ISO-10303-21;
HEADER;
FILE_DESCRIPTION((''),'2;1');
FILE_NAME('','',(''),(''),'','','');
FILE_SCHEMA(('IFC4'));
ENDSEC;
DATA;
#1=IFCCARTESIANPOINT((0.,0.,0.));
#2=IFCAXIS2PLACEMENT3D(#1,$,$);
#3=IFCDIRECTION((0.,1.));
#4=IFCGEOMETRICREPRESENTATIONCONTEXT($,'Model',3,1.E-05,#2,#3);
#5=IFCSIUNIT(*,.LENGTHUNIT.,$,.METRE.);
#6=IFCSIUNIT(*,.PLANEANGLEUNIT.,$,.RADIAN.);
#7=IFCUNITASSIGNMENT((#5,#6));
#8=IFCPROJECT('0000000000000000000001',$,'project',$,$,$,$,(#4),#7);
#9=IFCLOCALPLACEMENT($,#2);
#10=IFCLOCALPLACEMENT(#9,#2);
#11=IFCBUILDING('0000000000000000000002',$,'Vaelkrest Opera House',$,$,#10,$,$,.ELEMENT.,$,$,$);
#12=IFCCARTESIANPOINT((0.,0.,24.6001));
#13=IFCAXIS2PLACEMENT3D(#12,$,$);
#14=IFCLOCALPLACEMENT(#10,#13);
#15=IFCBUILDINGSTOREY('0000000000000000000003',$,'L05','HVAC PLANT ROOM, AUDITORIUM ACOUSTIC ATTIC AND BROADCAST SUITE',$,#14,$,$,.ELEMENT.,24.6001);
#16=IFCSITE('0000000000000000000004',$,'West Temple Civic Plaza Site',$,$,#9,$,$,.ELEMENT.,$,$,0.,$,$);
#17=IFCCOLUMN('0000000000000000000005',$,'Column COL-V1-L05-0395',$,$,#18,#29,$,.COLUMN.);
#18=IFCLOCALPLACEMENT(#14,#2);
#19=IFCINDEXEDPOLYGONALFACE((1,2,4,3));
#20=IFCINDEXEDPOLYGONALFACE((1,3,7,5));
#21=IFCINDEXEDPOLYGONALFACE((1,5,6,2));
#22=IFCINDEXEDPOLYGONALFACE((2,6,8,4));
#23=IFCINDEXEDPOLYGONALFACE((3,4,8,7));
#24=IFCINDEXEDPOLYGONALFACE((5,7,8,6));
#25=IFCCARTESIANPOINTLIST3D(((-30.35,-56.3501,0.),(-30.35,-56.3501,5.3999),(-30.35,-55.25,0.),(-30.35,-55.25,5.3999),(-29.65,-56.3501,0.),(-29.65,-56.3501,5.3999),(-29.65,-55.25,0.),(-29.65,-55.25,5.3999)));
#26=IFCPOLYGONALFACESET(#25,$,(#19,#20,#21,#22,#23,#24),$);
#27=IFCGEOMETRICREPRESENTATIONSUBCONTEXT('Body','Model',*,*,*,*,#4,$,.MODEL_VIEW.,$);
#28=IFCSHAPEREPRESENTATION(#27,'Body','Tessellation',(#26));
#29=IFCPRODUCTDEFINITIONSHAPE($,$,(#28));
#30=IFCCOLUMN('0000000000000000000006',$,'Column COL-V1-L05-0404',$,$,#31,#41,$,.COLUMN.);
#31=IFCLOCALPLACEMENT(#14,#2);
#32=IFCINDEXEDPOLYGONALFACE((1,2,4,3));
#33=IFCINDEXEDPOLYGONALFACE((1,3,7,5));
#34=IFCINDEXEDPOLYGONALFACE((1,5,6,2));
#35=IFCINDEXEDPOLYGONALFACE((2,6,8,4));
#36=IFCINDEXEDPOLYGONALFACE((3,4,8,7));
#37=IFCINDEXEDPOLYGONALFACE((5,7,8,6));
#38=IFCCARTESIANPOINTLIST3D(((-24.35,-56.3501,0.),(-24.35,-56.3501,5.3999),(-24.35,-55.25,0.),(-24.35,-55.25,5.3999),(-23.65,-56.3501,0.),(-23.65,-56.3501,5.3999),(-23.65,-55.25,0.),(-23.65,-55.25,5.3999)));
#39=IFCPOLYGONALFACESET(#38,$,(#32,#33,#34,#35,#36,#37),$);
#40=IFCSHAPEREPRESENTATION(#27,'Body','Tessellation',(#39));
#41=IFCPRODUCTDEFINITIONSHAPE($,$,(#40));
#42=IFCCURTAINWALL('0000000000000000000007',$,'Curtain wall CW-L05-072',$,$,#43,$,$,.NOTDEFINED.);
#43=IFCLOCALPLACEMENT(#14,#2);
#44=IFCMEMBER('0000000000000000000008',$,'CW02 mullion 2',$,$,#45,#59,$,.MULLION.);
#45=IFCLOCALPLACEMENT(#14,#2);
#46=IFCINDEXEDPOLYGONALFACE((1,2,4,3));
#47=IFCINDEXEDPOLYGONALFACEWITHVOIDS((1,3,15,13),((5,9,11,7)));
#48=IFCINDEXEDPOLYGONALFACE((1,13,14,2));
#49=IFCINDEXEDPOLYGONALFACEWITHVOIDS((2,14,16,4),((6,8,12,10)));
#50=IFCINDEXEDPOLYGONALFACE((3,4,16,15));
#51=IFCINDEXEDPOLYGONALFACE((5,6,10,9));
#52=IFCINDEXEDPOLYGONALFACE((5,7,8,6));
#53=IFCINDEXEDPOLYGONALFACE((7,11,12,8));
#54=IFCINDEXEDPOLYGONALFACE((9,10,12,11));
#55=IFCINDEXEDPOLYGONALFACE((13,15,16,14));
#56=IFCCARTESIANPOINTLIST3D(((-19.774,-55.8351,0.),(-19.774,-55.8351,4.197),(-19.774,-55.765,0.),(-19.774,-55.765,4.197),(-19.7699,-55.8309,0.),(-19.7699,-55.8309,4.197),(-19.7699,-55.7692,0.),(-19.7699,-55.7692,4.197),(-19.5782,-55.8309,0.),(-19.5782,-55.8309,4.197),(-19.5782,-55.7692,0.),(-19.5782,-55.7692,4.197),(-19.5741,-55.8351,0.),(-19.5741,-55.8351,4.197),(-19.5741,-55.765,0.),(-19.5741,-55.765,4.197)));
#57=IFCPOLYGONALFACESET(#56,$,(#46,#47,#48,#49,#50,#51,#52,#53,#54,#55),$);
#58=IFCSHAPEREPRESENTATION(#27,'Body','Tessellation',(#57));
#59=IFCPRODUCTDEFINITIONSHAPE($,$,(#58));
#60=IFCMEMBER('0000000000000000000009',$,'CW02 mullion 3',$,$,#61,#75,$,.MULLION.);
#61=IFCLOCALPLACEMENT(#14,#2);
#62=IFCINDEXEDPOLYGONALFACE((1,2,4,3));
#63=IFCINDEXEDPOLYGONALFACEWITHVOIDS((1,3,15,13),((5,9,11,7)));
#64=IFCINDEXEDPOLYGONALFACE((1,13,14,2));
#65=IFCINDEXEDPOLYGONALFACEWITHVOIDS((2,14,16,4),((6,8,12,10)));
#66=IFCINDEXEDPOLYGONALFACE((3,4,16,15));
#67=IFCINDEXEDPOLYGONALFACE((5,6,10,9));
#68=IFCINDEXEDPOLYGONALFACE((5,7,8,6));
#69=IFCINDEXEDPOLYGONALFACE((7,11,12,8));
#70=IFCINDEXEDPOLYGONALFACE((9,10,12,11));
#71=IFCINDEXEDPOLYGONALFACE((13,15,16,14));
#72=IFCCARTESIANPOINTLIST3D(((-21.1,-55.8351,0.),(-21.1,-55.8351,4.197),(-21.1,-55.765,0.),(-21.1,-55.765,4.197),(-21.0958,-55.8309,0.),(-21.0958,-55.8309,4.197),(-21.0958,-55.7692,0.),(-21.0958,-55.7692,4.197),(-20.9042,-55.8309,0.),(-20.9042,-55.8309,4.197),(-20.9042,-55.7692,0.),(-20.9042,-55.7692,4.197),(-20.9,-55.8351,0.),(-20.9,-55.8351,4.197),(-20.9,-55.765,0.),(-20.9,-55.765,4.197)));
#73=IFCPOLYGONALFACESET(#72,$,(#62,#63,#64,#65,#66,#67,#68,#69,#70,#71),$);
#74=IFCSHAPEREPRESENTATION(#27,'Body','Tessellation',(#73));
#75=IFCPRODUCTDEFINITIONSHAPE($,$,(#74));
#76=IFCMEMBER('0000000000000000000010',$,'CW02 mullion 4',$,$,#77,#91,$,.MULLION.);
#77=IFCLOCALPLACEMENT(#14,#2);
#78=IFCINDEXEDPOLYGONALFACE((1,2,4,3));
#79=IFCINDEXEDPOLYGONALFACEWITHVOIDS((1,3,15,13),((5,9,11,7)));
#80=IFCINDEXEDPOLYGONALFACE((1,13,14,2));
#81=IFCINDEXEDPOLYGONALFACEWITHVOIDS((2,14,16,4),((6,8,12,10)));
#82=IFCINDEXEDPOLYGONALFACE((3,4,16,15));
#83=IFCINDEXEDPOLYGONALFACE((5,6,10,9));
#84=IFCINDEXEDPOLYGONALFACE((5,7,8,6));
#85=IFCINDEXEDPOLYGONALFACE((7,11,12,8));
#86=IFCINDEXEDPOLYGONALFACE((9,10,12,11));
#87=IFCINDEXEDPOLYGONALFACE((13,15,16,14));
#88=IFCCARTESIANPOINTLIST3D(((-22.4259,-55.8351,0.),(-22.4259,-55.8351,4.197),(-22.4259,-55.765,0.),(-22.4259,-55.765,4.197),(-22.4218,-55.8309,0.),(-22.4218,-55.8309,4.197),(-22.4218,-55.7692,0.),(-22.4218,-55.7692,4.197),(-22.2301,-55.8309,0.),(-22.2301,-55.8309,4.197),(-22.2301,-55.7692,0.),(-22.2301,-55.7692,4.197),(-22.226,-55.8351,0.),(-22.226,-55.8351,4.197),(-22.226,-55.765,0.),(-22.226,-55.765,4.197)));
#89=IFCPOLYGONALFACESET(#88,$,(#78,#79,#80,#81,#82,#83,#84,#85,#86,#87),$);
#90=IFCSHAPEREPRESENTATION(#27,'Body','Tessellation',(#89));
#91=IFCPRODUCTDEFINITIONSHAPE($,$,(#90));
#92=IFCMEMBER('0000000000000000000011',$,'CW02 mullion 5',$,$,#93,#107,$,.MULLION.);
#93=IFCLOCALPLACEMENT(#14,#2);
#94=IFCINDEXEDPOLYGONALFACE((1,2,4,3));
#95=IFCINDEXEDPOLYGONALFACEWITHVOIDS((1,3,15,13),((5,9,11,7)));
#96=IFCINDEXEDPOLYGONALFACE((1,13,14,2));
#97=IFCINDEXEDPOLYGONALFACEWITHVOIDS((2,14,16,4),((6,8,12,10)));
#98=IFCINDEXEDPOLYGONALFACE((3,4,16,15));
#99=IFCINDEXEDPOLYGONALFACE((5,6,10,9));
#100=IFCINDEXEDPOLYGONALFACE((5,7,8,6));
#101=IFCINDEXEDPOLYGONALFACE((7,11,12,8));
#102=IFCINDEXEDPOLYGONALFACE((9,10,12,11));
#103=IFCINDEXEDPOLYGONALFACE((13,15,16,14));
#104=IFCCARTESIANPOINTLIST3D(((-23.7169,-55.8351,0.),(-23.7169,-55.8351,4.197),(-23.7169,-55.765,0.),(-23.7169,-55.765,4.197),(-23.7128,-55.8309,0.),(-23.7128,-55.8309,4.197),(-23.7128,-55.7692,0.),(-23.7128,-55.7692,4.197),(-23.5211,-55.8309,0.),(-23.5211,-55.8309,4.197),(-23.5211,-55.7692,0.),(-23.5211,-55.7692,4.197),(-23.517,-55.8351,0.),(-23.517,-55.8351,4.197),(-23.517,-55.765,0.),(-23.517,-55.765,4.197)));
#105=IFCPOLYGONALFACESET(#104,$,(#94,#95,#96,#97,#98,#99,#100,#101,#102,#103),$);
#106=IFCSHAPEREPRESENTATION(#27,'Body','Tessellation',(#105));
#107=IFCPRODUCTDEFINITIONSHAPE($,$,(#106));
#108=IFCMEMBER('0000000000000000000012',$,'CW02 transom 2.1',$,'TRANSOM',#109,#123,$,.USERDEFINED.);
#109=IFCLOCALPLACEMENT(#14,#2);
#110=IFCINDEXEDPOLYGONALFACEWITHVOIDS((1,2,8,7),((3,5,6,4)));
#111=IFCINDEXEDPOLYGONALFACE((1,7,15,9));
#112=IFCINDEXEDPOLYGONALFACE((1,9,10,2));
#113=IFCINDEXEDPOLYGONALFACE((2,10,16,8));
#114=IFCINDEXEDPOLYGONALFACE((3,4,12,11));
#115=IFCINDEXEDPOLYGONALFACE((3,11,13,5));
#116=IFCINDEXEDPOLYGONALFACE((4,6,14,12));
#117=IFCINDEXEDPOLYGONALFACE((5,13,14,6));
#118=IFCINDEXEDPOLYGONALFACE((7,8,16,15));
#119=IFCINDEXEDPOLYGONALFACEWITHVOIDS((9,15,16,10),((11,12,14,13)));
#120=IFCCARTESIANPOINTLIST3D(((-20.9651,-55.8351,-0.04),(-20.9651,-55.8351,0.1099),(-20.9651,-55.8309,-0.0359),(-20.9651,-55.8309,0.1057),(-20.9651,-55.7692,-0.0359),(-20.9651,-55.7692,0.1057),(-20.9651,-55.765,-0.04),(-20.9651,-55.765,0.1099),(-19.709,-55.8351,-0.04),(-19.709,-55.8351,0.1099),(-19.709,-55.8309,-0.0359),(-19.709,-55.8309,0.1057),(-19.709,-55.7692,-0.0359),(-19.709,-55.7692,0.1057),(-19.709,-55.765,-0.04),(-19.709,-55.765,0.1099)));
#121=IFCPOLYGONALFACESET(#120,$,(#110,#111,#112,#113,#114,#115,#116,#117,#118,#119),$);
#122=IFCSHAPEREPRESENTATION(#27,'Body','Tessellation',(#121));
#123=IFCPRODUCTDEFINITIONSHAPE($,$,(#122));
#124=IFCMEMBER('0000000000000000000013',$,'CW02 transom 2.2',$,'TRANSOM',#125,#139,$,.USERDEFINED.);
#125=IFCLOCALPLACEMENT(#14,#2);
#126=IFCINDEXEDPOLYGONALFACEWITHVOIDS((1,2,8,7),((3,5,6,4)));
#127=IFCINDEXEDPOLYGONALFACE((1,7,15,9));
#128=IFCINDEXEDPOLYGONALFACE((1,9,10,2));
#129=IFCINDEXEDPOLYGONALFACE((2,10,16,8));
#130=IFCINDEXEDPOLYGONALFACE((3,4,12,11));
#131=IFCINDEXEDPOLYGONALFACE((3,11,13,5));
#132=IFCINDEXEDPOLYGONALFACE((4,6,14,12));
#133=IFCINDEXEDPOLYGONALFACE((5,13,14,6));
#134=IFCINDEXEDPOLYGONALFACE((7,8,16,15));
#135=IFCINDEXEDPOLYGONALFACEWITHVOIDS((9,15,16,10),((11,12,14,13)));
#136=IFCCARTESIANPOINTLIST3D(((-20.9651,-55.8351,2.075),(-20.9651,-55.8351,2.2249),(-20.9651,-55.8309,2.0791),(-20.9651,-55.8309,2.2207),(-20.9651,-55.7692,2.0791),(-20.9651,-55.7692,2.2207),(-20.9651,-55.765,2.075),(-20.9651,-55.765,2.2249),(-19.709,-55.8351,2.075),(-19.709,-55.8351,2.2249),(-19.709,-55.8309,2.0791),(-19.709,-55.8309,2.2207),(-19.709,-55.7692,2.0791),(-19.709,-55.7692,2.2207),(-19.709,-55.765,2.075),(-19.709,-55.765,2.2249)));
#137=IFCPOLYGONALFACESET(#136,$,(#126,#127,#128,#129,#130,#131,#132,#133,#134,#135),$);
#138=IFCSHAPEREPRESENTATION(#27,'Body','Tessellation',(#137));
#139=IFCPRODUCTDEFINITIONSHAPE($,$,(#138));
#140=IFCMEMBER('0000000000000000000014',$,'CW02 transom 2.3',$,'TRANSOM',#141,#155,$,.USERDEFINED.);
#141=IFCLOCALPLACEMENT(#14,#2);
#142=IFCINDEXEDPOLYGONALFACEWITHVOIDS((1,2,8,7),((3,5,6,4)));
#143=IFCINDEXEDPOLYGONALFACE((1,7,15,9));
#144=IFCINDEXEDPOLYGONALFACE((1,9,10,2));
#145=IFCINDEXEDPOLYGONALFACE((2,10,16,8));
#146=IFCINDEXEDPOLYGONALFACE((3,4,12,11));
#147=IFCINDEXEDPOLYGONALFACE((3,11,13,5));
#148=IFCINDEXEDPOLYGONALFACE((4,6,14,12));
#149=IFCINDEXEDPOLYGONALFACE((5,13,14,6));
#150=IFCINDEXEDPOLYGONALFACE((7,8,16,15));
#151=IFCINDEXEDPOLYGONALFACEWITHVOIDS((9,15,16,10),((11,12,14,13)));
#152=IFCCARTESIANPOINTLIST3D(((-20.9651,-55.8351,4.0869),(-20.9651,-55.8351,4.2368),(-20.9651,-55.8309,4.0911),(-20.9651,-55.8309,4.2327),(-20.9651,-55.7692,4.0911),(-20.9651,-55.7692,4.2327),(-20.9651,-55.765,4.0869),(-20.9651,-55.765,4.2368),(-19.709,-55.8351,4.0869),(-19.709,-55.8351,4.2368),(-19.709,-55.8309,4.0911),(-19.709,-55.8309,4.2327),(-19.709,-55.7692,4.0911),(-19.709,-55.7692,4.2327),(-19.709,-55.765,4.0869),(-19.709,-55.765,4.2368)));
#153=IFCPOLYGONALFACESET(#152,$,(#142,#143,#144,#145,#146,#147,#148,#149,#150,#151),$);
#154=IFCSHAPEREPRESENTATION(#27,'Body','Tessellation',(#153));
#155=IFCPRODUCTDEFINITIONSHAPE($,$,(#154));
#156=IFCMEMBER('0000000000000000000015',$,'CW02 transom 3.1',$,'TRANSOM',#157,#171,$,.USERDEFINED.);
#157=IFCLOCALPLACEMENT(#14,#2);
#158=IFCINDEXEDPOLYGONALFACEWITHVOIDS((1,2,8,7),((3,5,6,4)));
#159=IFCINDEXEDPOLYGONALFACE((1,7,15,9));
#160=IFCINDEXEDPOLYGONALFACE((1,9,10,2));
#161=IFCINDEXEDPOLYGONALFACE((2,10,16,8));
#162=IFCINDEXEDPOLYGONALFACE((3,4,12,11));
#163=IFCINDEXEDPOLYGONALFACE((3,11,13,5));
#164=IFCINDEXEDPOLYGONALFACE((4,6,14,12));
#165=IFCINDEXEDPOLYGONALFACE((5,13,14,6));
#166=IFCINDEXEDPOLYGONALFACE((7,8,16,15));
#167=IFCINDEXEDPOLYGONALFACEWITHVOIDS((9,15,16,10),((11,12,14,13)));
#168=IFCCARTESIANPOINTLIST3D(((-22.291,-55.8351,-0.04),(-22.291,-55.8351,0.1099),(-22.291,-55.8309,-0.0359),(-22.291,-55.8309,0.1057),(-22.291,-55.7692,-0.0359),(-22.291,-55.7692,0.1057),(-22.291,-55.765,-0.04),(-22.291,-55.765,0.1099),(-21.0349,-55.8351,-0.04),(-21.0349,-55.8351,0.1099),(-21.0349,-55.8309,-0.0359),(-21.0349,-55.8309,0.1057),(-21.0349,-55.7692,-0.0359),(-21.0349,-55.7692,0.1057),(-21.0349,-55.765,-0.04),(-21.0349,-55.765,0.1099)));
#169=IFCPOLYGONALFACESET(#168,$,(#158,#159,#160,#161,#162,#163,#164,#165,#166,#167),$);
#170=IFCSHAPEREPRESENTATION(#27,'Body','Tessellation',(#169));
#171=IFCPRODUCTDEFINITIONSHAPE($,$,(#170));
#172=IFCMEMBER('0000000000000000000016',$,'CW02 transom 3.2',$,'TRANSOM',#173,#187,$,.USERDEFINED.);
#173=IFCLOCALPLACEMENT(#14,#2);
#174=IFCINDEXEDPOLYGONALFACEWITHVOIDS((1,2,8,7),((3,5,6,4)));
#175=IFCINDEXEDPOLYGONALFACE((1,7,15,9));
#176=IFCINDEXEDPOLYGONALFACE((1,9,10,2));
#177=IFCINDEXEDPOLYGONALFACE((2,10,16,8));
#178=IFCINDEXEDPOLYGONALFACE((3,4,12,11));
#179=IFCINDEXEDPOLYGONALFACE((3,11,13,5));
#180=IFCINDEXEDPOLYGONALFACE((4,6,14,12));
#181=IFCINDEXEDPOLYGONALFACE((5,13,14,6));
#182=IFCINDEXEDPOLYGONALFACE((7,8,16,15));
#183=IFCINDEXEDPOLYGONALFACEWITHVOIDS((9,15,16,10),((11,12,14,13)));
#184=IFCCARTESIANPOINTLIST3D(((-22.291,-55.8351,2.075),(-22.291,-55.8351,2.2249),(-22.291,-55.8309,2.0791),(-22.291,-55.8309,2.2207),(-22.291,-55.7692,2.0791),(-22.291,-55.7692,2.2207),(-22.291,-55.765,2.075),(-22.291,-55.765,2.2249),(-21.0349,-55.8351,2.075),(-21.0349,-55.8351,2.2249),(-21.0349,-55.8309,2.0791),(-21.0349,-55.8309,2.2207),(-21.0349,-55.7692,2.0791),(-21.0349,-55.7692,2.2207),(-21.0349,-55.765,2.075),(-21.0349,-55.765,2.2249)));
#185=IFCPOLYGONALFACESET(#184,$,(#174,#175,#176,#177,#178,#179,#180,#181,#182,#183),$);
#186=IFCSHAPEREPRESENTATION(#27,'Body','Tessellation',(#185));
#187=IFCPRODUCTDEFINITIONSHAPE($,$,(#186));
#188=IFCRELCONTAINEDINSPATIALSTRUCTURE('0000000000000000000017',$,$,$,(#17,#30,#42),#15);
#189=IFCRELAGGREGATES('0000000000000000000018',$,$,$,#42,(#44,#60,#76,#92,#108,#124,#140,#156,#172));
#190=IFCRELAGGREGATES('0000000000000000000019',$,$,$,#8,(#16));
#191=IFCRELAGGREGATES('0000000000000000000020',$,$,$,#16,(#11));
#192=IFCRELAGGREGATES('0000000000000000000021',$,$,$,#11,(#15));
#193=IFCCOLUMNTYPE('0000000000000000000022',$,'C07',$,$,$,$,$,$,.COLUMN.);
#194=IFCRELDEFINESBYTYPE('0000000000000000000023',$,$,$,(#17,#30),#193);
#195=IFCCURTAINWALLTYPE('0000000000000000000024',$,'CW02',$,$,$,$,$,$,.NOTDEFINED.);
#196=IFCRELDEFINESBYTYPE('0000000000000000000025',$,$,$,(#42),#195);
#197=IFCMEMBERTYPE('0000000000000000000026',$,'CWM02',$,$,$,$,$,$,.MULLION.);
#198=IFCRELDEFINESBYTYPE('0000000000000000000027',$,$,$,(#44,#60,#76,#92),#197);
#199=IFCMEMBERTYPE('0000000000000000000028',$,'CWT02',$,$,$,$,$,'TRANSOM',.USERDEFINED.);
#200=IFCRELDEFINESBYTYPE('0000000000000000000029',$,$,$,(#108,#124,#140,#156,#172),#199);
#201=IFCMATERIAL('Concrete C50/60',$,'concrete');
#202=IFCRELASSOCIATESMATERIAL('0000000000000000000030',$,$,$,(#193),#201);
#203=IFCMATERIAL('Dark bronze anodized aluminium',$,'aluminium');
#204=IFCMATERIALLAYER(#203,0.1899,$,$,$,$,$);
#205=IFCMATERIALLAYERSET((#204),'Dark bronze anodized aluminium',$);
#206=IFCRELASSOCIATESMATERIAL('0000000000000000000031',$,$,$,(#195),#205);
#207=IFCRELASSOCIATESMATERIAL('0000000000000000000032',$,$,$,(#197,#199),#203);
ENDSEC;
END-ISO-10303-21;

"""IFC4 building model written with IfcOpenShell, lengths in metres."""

from ifc_helpers import new_model, si_unit, direction, frame, origin, origin_2d, place, context, subcontext, project, spatial, rectangle, hollow_rectangle, extrude, material, layer, layer_set, material_profile, profile_set, type_object, element, aggregate, save


model = new_model("IFC4")

# Units and contexts
model_context = context("Model", 3, precision=1e-05, world=origin(), true_north=direction((0.0, 1.0)))
body_context = subcontext(model_context, "Body", "Model", "MODEL_VIEW")
ifc_project = project(units=[si_unit("LENGTHUNIT", "METRE"), si_unit("PLANEANGLEUNIT", "RADIAN")], contexts=[model_context])

# Site, building, storey
site_placement = place(None, origin())
site = spatial("IfcSite", under=ifc_project, at=site_placement, Name="West Temple Civic Plaza Site", CompositionType="ELEMENT", RefElevation=0.0)
building_placement = place(site_placement, origin())
building = spatial("IfcBuilding", under=site, at=building_placement, Name="Vaelkrest Opera House", CompositionType="ELEMENT")
storey_placement = place(building_placement, frame((0.0, 0.0, 24.6001)))
storey = spatial("IfcBuildingStorey", under=building, at=storey_placement, Name="L05", Description="HVAC PLANT ROOM, AUDITORIUM ACOUSTIC ATTIC AND BROADCAST SUITE", CompositionType="ELEMENT", Elevation=24.6001)

# Columns
ifc_material_1 = material(Name="Concrete C50/60", Category="concrete")
ifc_material_profile_1 = material_profile(ifc_material_1, rectangle(XDim=0.7, YDim=1.1001, at=origin_2d()), Name="RC700X1100")
ifc_profile_set_1 = profile_set([ifc_material_profile_1], Name="Concrete C50/60")
column_type = type_object("IfcColumnType", Name="C07", PredefinedType="COLUMN", material=ifc_profile_set_1)
for number, where, z_axis, x_axis, name in (
    (1, (-30.0, -55.8, 0.0), (0.0, 0.0, 1.0), (1.0, 0.0, 0.0), "Column COL-V1-L05-0395"),
    (2, (-24.0, -55.8, 0.0), (0.0, 0.0, 1.0), (1.0, 0.0, 0.0), "Column COL-V1-L05-0404"),
):
    element("IfcColumn", number, at=place(storey_placement, frame(where, z_axis=z_axis, x_axis=x_axis)), inside=storey, type_object=column_type, Name=name, PredefinedType="COLUMN", context=body_context, shape_type="SweptSolid", body=[
        extrude(rectangle(XDim=0.7, YDim=1.1001, at=origin_2d()), origin(), (0.0, 0.0, 1.0), 5.3999),
    ])

# Curtain wall, members
ifc_material_2 = material(Name="Dark bronze anodized aluminium", Category="aluminium")
ifc_layer_1 = layer(ifc_material_2, 0.1899)
ifc_layer_set_1 = layer_set([ifc_layer_1], Name="Dark bronze anodized aluminium")
curtain_wall_type = type_object("IfcCurtainWallType", Name="CW02", PredefinedType="NOTDEFINED", material=ifc_layer_set_1)
curtain_wall_placement = place(storey_placement, origin())
curtain_wall = element("IfcCurtainWall", 3, at=curtain_wall_placement, inside=storey, type_object=curtain_wall_type, Name="Curtain wall CW-L05-072", PredefinedType="NOTDEFINED")
ifc_material_profile_2 = material_profile(ifc_material_2, hollow_rectangle(XDim=0.0701, YDim=0.2, WallThickness=0.0042, at=origin_2d()), Name="CWM70X200")
ifc_profile_set_2 = profile_set([ifc_material_profile_2], Name="Dark bronze anodized aluminium")
member_type_1 = type_object("IfcMemberType", Name="CWM02", PredefinedType="MULLION", material=ifc_profile_set_2)
member_1_placement = place(storey_placement, frame((-19.6741, -55.8, 0.0), z_axis=(0.0, 0.0, 1.0), x_axis=(0.0, -1.0, 0.0)))
member_1 = element("IfcMember", 4, at=member_1_placement, type_object=member_type_1, Name="CW02 mullion 2", PredefinedType="MULLION", context=body_context, shape_type="SweptSolid", body=[
    extrude(hollow_rectangle(XDim=0.0701, YDim=0.2, WallThickness=0.0042, at=origin_2d()), origin(), (0.0, 0.0, 1.0), 4.197),
])
member_2_placement = place(storey_placement, frame((-21.0, -55.8, 0.0), z_axis=(0.0, 0.0, 1.0), x_axis=(0.0, -1.0, 0.0)))
member_2 = element("IfcMember", 5, at=member_2_placement, type_object=member_type_1, Name="CW02 mullion 3", PredefinedType="MULLION", context=body_context, shape_type="SweptSolid", body=[
    extrude(hollow_rectangle(XDim=0.0701, YDim=0.2, WallThickness=0.0042, at=origin_2d()), origin(), (0.0, 0.0, 1.0), 4.197),
])
member_3_placement = place(storey_placement, frame((-22.3259, -55.8, 0.0), z_axis=(0.0, 0.0, 1.0), x_axis=(0.0, -1.0, 0.0)))
member_3 = element("IfcMember", 6, at=member_3_placement, type_object=member_type_1, Name="CW02 mullion 4", PredefinedType="MULLION", context=body_context, shape_type="SweptSolid", body=[
    extrude(hollow_rectangle(XDim=0.0701, YDim=0.2, WallThickness=0.0042, at=origin_2d()), origin(), (0.0, 0.0, 1.0), 4.197),
])
member_4_placement = place(storey_placement, frame((-23.6169, -55.8, 0.0), z_axis=(0.0, 0.0, 1.0), x_axis=(0.0, -1.0, 0.0)))
member_4 = element("IfcMember", 7, at=member_4_placement, type_object=member_type_1, Name="CW02 mullion 5", PredefinedType="MULLION", context=body_context, shape_type="SweptSolid", body=[
    extrude(hollow_rectangle(XDim=0.0701, YDim=0.2, WallThickness=0.0042, at=origin_2d()), origin(), (0.0, 0.0, 1.0), 4.197),
])
ifc_material_profile_3 = material_profile(ifc_material_2, hollow_rectangle(XDim=0.0701, YDim=0.1499, WallThickness=0.0042, at=origin_2d()), Name="CWT70X150")
ifc_profile_set_3 = profile_set([ifc_material_profile_3], Name="Dark bronze anodized aluminium")
member_type_2 = type_object("IfcMemberType", Name="CWT02", ElementType="TRANSOM", PredefinedType="USERDEFINED", material=ifc_profile_set_3)
member_5_placement = place(storey_placement, frame((-19.709, -55.8, 0.0349), z_axis=(-1.0, 0.0, 0.0), x_axis=(0.0, -1.0, 0.0)))
member_5 = element("IfcMember", 8, at=member_5_placement, type_object=member_type_2, Name="CW02 transom 2.1", ObjectType="TRANSOM", PredefinedType="USERDEFINED", context=body_context, shape_type="SweptSolid", body=[
    extrude(hollow_rectangle(XDim=0.0701, YDim=0.1499, WallThickness=0.0042, at=origin_2d()), origin(), (0.0, 0.0, 1.0), 1.2561),
])
member_6_placement = place(storey_placement, frame((-19.709, -55.8, 2.1499), z_axis=(-1.0, 0.0, 0.0), x_axis=(0.0, -1.0, 0.0)))
member_6 = element("IfcMember", 9, at=member_6_placement, type_object=member_type_2, Name="CW02 transom 2.2", ObjectType="TRANSOM", PredefinedType="USERDEFINED", context=body_context, shape_type="SweptSolid", body=[
    extrude(hollow_rectangle(XDim=0.0701, YDim=0.1499, WallThickness=0.0042, at=origin_2d()), origin(), (0.0, 0.0, 1.0), 1.2561),
])
member_7_placement = place(storey_placement, frame((-19.709, -55.8, 4.1619), z_axis=(-1.0, 0.0, 0.0), x_axis=(0.0, -1.0, 0.0)))
member_7 = element("IfcMember", 10, at=member_7_placement, type_object=member_type_2, Name="CW02 transom 2.3", ObjectType="TRANSOM", PredefinedType="USERDEFINED", context=body_context, shape_type="SweptSolid", body=[
    extrude(hollow_rectangle(XDim=0.0701, YDim=0.1499, WallThickness=0.0042, at=origin_2d()), origin(), (0.0, 0.0, 1.0), 1.2561),
])
member_8_placement = place(storey_placement, frame((-21.0349, -55.8, 0.0349), z_axis=(-1.0, 0.0, 0.0), x_axis=(0.0, -1.0, 0.0)))
member_8 = element("IfcMember", 11, at=member_8_placement, type_object=member_type_2, Name="CW02 transom 3.1", ObjectType="TRANSOM", PredefinedType="USERDEFINED", context=body_context, shape_type="SweptSolid", body=[
    extrude(hollow_rectangle(XDim=0.0701, YDim=0.1499, WallThickness=0.0042, at=origin_2d()), origin(), (0.0, 0.0, 1.0), 1.2561),
])
member_9_placement = place(storey_placement, frame((-21.0349, -55.8, 2.1499), z_axis=(-1.0, 0.0, 0.0), x_axis=(0.0, -1.0, 0.0)))
member_9 = element("IfcMember", 12, at=member_9_placement, type_object=member_type_2, Name="CW02 transom 3.2", ObjectType="TRANSOM", PredefinedType="USERDEFINED", context=body_context, shape_type="SweptSolid", body=[
    extrude(hollow_rectangle(XDim=0.0701, YDim=0.1499, WallThickness=0.0042, at=origin_2d()), origin(), (0.0, 0.0, 1.0), 1.2561),
])

aggregate(curtain_wall, [member_1, member_2, member_3, member_4, member_5, member_6, member_7, member_8, member_9])

save(model, "model.ifc")
